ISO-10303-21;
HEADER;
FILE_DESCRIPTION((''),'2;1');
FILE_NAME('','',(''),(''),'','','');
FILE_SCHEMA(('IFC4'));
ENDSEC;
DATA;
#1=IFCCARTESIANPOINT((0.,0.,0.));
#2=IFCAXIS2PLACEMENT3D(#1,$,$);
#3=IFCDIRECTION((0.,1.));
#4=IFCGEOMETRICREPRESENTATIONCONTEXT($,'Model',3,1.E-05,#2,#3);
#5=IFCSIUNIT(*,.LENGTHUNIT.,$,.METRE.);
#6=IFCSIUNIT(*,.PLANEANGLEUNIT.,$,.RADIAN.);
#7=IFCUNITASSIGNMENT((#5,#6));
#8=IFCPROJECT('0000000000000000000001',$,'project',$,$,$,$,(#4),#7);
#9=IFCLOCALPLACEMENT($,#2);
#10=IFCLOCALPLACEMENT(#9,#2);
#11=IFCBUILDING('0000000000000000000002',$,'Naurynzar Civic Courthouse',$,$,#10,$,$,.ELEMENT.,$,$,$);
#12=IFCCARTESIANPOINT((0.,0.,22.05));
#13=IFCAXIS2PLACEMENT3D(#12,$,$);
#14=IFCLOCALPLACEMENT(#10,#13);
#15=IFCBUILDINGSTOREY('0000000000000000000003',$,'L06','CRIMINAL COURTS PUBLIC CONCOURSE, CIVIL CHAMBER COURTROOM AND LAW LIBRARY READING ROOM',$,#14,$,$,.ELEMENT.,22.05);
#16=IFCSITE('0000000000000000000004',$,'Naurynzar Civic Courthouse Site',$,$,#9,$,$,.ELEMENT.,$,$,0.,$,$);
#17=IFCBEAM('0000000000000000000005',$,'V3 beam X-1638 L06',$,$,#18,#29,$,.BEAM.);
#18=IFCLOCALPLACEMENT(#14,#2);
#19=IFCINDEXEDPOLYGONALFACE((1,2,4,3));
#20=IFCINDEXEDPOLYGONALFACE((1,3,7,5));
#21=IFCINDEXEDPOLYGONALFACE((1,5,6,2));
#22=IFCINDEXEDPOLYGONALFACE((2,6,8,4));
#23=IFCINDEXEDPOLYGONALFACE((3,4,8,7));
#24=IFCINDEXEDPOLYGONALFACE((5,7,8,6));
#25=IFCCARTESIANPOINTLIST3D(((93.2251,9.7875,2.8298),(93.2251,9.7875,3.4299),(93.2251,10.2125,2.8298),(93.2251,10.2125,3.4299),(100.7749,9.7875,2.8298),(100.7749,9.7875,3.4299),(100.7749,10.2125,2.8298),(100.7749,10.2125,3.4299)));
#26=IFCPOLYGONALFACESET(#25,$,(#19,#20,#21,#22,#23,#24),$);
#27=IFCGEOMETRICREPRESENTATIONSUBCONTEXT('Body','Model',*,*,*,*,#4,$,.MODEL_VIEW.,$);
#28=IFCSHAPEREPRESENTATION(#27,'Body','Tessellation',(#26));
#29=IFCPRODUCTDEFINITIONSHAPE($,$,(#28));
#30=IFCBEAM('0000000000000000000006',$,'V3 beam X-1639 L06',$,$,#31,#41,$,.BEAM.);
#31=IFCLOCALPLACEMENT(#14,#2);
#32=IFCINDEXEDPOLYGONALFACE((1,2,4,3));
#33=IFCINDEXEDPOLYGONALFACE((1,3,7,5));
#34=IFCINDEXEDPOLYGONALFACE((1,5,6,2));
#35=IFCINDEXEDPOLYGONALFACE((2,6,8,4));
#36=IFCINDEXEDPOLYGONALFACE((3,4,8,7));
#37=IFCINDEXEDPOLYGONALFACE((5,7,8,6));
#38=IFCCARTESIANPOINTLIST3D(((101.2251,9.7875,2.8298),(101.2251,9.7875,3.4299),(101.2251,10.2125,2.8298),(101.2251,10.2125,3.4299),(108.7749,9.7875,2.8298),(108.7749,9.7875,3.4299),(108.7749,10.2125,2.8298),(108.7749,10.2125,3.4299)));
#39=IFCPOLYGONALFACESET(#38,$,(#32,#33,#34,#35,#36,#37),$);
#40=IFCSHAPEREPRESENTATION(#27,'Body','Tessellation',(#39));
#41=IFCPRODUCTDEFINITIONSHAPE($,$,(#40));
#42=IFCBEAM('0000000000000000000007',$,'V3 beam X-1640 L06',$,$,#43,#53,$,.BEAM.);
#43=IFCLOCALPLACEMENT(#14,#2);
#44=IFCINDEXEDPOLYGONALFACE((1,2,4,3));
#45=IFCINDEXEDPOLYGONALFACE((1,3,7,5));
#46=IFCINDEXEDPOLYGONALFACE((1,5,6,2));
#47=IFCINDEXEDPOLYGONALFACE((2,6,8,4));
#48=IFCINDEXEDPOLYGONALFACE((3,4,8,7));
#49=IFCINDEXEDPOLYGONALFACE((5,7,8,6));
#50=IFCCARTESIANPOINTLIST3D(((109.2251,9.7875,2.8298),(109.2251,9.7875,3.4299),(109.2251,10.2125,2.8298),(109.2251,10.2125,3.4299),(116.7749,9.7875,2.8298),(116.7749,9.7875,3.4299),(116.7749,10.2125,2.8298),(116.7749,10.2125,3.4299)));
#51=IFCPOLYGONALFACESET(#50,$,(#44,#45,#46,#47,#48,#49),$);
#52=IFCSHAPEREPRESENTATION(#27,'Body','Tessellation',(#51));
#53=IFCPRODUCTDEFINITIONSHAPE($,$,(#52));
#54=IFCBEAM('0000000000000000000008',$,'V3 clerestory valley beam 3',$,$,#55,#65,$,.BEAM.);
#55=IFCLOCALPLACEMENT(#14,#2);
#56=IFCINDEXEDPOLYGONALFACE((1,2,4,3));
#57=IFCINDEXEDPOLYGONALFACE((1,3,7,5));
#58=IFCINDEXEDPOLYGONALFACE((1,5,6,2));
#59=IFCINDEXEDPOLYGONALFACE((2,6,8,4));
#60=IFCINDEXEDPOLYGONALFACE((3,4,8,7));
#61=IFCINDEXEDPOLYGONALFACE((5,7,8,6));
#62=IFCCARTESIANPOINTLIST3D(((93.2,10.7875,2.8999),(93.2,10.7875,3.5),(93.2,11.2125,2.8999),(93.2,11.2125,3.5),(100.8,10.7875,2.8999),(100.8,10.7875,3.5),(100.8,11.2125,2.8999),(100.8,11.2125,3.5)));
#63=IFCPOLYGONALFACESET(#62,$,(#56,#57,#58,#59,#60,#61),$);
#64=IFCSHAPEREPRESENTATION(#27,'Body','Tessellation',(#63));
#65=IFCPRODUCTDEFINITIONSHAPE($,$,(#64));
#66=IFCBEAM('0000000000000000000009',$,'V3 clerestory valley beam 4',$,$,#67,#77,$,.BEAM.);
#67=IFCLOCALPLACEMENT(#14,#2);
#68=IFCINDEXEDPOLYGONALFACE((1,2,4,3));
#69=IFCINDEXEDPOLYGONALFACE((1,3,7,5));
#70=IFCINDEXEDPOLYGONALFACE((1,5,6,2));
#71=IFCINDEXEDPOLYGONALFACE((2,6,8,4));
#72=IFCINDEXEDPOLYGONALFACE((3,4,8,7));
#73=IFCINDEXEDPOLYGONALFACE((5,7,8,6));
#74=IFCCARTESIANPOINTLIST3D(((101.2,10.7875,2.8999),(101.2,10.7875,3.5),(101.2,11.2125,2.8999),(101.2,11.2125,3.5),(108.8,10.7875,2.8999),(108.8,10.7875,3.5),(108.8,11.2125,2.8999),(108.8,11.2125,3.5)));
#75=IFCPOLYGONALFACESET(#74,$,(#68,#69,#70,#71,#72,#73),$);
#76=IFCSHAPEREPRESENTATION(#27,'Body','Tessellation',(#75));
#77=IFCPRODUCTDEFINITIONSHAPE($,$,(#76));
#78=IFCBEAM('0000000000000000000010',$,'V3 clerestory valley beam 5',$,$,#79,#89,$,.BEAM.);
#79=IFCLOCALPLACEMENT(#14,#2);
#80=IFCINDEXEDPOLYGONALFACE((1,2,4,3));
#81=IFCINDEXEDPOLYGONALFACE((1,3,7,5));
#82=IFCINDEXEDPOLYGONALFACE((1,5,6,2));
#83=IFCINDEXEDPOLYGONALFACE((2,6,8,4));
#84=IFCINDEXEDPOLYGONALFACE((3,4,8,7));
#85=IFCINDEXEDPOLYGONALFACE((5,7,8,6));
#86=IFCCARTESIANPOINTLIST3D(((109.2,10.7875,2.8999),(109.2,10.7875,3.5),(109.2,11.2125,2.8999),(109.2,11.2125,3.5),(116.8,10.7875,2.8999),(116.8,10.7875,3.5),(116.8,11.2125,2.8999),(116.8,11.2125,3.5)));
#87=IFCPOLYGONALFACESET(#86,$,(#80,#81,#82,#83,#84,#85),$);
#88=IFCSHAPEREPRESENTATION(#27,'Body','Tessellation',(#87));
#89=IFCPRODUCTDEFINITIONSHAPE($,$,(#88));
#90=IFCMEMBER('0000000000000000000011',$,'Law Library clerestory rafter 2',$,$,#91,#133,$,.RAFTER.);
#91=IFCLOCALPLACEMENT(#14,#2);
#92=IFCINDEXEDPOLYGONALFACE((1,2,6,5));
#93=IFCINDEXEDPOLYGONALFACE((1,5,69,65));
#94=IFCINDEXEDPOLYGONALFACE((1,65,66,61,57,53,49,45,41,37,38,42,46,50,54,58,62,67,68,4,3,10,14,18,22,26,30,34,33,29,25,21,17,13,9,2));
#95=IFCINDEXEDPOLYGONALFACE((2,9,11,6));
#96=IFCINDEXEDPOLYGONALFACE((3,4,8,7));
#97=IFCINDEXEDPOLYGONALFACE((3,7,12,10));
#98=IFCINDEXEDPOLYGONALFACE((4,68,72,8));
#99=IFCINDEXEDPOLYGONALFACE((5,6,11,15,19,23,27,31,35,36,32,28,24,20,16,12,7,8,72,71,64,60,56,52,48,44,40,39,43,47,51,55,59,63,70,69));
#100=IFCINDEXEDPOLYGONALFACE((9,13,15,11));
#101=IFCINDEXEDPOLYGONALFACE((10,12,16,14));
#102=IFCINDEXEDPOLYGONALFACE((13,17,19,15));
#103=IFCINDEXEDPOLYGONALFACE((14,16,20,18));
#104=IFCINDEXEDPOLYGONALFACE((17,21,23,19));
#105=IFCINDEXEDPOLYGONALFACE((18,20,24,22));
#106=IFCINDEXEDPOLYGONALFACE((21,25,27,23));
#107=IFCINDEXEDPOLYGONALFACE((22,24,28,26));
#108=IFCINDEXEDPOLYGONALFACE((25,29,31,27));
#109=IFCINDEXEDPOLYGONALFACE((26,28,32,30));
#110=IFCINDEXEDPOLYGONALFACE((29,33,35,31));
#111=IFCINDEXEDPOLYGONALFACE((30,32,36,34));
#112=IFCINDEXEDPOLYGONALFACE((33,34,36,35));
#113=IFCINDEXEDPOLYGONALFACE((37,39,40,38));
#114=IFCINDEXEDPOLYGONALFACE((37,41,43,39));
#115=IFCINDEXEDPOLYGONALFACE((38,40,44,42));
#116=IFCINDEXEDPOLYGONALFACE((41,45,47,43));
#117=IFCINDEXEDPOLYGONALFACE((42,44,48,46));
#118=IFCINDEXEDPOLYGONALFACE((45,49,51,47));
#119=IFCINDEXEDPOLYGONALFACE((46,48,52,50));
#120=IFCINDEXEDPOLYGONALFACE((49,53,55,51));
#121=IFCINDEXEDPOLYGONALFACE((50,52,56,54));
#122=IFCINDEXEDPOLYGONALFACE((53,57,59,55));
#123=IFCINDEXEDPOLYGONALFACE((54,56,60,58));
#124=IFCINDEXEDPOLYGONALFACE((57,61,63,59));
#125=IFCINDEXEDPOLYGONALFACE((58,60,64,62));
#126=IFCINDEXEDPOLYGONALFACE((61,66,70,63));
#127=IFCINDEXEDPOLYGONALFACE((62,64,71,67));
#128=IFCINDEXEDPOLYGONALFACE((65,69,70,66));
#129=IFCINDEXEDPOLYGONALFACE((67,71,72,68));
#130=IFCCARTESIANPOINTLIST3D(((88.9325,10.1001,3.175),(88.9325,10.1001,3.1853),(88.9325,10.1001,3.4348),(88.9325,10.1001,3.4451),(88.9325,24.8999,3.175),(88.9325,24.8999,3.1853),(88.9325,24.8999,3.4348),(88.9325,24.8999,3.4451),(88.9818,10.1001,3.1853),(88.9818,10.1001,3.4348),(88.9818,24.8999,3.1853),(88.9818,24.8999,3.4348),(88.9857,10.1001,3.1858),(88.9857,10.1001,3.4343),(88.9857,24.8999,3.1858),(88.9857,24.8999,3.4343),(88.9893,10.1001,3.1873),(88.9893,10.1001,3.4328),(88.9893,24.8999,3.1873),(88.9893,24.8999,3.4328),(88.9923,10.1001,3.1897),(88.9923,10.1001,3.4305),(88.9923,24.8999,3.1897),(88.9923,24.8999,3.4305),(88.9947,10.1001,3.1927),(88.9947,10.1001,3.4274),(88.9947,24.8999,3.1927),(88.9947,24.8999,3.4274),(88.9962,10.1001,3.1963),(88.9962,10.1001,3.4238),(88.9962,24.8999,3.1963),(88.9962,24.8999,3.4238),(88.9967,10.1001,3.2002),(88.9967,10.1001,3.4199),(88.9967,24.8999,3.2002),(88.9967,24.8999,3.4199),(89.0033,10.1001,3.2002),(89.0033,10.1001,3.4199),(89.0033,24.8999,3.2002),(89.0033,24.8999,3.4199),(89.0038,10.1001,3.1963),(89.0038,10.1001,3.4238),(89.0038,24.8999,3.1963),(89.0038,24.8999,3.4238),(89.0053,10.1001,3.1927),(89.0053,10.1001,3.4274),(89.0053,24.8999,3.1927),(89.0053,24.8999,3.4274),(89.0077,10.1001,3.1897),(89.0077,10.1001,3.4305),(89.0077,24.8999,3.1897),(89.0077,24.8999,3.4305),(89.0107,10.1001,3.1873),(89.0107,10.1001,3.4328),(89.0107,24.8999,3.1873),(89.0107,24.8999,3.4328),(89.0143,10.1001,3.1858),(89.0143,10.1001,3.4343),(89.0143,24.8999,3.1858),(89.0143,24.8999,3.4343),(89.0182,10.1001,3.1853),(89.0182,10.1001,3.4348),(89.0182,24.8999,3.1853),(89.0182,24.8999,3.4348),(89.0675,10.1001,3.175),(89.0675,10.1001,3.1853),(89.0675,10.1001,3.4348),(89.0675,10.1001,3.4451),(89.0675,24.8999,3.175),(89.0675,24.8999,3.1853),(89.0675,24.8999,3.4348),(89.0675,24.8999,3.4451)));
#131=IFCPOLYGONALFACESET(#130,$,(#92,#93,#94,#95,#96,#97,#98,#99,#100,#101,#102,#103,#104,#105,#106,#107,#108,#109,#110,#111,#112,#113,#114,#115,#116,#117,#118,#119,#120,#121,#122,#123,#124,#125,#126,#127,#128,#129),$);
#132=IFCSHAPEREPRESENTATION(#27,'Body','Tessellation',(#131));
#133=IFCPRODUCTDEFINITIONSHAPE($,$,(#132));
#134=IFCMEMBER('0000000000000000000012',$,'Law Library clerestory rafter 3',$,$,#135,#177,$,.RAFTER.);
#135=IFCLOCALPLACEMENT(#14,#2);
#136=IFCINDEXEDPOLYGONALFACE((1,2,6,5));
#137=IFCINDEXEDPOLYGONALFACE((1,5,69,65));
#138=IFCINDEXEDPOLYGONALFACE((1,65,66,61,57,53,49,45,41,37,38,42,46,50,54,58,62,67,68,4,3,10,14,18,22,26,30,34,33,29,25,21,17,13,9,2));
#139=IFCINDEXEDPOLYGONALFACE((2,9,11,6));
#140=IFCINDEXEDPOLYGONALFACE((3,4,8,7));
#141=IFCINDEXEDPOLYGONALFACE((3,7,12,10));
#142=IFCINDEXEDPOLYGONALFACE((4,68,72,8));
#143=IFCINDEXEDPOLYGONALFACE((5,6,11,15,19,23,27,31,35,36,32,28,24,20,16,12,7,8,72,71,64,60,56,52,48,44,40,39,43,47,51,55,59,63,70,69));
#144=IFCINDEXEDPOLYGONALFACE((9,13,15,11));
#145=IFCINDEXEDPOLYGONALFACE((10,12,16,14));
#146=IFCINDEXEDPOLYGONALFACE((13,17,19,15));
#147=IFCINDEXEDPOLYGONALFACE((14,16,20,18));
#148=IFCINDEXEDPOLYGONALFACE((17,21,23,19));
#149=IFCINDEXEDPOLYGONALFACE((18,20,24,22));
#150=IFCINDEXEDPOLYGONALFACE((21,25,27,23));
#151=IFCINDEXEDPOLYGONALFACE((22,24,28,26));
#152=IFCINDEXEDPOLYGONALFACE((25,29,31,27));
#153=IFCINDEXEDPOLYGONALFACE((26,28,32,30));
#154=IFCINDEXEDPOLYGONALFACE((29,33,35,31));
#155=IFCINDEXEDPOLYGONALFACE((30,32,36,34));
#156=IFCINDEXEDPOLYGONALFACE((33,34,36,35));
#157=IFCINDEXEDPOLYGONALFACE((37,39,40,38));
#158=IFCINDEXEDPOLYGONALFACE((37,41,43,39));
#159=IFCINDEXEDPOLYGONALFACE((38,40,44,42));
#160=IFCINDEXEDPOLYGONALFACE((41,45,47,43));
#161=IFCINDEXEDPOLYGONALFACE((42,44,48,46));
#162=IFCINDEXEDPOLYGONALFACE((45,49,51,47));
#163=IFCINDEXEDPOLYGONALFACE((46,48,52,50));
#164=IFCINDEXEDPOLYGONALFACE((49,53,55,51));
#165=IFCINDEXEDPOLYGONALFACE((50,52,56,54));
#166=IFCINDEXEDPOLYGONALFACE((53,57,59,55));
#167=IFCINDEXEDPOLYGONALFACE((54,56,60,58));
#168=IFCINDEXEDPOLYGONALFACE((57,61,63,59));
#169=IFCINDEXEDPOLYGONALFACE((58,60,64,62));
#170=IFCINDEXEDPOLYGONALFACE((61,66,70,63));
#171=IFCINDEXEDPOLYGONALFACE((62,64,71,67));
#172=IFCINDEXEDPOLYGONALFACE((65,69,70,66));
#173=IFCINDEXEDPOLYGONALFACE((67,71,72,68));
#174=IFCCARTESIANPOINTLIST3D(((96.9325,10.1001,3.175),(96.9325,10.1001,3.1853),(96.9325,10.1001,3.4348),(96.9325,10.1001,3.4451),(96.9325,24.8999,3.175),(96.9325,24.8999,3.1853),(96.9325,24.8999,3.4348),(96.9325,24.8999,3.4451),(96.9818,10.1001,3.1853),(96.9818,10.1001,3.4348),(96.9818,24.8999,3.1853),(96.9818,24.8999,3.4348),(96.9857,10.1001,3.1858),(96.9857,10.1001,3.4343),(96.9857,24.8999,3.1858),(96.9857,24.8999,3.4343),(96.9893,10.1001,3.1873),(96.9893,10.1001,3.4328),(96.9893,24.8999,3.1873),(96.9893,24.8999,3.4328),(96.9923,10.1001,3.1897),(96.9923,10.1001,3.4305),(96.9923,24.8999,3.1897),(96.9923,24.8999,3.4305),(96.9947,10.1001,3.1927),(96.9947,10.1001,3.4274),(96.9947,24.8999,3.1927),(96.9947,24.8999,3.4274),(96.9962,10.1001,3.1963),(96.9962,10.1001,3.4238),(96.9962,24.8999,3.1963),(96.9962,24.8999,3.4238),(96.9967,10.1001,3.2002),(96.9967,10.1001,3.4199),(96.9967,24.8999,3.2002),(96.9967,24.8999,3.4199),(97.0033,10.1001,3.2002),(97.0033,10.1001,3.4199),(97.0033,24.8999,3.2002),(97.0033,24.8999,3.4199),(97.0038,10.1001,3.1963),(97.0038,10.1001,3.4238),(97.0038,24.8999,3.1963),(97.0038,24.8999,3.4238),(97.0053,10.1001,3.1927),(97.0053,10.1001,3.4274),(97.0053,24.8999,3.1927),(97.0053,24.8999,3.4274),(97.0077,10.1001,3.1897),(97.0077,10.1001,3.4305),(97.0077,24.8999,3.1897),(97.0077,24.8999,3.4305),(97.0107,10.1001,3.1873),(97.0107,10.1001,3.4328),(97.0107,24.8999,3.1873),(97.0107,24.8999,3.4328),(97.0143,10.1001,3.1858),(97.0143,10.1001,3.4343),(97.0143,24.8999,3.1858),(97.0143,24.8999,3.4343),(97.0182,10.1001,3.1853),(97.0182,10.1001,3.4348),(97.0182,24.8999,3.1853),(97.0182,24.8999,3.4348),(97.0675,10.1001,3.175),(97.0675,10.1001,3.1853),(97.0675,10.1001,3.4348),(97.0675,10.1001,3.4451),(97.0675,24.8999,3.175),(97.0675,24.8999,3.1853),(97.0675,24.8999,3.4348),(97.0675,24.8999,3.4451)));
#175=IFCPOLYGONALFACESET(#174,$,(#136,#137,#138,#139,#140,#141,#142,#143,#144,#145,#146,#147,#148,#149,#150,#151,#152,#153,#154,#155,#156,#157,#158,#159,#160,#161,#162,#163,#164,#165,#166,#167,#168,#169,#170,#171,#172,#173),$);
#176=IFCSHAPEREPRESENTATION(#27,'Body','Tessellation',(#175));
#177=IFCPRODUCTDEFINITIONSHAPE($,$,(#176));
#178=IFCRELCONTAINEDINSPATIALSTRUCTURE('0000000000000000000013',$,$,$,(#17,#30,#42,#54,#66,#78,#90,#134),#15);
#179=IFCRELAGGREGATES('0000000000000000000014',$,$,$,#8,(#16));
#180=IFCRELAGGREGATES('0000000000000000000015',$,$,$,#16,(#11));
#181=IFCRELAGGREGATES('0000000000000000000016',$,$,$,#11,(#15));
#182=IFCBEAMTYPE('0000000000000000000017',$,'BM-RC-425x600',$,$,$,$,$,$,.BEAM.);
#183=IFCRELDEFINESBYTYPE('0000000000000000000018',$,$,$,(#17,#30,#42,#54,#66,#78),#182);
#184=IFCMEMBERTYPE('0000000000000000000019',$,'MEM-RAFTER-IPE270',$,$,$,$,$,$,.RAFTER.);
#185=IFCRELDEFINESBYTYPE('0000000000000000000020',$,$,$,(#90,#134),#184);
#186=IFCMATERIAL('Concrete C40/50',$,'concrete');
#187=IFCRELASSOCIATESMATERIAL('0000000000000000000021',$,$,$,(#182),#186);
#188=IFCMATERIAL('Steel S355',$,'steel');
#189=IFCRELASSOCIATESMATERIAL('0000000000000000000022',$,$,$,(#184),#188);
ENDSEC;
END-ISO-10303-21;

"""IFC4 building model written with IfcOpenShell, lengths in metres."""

from ifc_helpers import new_model, si_unit, direction, frame, origin, origin_2d, place, context, subcontext, project, spatial, rectangle, i_section, extrude, material, material_profile, profile_set, type_object, element, save


model = new_model("IFC4")

# Units and contexts
model_context = context("Model", 3, precision=1e-05, world=origin(), true_north=direction((0.0, 1.0)))
body_context = subcontext(model_context, "Body", "Model", "MODEL_VIEW")
ifc_project = project(units=[si_unit("LENGTHUNIT", "METRE"), si_unit("PLANEANGLEUNIT", "RADIAN")], contexts=[model_context])

# Site, building, storey
site_placement = place(None, origin())
site = spatial("IfcSite", under=ifc_project, at=site_placement, Name="Naurynzar Civic Courthouse Site", CompositionType="ELEMENT", RefElevation=0.0)
building_placement = place(site_placement, origin())
building = spatial("IfcBuilding", under=site, at=building_placement, Name="Naurynzar Civic Courthouse", CompositionType="ELEMENT")
storey_placement = place(building_placement, frame((0.0, 0.0, 22.05)))
storey = spatial("IfcBuildingStorey", under=building, at=storey_placement, Name="L06", Description="CRIMINAL COURTS PUBLIC CONCOURSE, CIVIL CHAMBER COURTROOM AND LAW LIBRARY READING ROOM", CompositionType="ELEMENT", Elevation=22.05)

# Beams
ifc_material_1 = material(Name="Concrete C40/50", Category="concrete")
ifc_material_profile_1 = material_profile(ifc_material_1, rectangle(XDim=0.425, YDim=0.6001, at=origin_2d()), Name="RCB 425x600")
ifc_profile_set_1 = profile_set([ifc_material_profile_1], Name="Concrete C40/50")
beam_type_1 = type_object("IfcBeamType", Name="BM-RC-425x600", PredefinedType="BEAM", material=ifc_profile_set_1)
for number, where, z_axis, x_axis, name in (
    (1, (93.2251, 10.0, 3.1299), (1.0, 0.0, 0.0), (0.0, 1.0, 0.0), "V3 beam X-1638 L06"),
    (2, (101.2251, 10.0, 3.1299), (1.0, 0.0, 0.0), (0.0, 1.0, 0.0), "V3 beam X-1639 L06"),
    (3, (109.2251, 10.0, 3.1299), (1.0, 0.0, 0.0), (0.0, 1.0, 0.0), "V3 beam X-1640 L06"),
):
    element("IfcBeam", number, at=place(storey_placement, frame(where, z_axis=z_axis, x_axis=x_axis)), inside=storey, type_object=beam_type_1, Name=name, PredefinedType="BEAM", context=body_context, shape_type="SweptSolid", body=[
        extrude(rectangle(XDim=0.425, YDim=0.6001, at=origin_2d()), origin(), (0.0, 0.0, 1.0), 7.5498),
    ])
for number, where, z_axis, x_axis, name in (
    (4, (93.2, 11.0, 3.2), (1.0, 0.0, 0.0), (0.0, 1.0, 0.0), "V3 clerestory valley beam 3"),
    (5, (101.2, 11.0, 3.2), (1.0, 0.0, 0.0), (0.0, 1.0, 0.0), "V3 clerestory valley beam 4"),
    (6, (109.2, 11.0, 3.2), (1.0, 0.0, 0.0), (0.0, 1.0, 0.0), "V3 clerestory valley beam 5"),
):
    element("IfcBeam", number, at=place(storey_placement, frame(where, z_axis=z_axis, x_axis=x_axis)), inside=storey, type_object=beam_type_1, Name=name, PredefinedType="BEAM", context=body_context, shape_type="SweptSolid", body=[
        extrude(rectangle(XDim=0.425, YDim=0.6001, at=origin_2d()), origin(), (0.0, 0.0, 1.0), 7.6001),
    ])

# Members
ifc_material_2 = material(Name="Steel S355", Category="steel")
ifc_material_profile_2 = material_profile(ifc_material_2, i_section(OverallWidth=0.135, OverallDepth=0.27, WebThickness=0.0066, FlangeThickness=0.0103, FilletRadius=0.0149, at=origin_2d()), Name="IPE 270")
ifc_profile_set_2 = profile_set([ifc_material_profile_2], Name="Steel S355")
member_type = type_object("IfcMemberType", Name="MEM-RAFTER-IPE270", PredefinedType="RAFTER", material=ifc_profile_set_2)
for number, where, z_axis, x_axis, name in (
    (7, (89.0, 10.1001, 3.3101), (0.0, 1.0, 0.0), (-1.0, 0.0, 0.0), "Law Library clerestory rafter 2"),
    (8, (97.0, 10.1001, 3.3101), (0.0, 1.0, 0.0), (-1.0, 0.0, 0.0), "Law Library clerestory rafter 3"),
):
    element("IfcMember", number, at=place(storey_placement, frame(where, z_axis=z_axis, x_axis=x_axis)), inside=storey, type_object=member_type, Name=name, PredefinedType="RAFTER", context=body_context, shape_type="SweptSolid", body=[
        extrude(i_section(OverallWidth=0.135, OverallDepth=0.27, WebThickness=0.0066, FlangeThickness=0.0103, FilletRadius=0.0149, at=origin_2d()), origin(), (0.0, 0.0, 1.0), 14.7998),
    ])

save(model, "model.ifc")
